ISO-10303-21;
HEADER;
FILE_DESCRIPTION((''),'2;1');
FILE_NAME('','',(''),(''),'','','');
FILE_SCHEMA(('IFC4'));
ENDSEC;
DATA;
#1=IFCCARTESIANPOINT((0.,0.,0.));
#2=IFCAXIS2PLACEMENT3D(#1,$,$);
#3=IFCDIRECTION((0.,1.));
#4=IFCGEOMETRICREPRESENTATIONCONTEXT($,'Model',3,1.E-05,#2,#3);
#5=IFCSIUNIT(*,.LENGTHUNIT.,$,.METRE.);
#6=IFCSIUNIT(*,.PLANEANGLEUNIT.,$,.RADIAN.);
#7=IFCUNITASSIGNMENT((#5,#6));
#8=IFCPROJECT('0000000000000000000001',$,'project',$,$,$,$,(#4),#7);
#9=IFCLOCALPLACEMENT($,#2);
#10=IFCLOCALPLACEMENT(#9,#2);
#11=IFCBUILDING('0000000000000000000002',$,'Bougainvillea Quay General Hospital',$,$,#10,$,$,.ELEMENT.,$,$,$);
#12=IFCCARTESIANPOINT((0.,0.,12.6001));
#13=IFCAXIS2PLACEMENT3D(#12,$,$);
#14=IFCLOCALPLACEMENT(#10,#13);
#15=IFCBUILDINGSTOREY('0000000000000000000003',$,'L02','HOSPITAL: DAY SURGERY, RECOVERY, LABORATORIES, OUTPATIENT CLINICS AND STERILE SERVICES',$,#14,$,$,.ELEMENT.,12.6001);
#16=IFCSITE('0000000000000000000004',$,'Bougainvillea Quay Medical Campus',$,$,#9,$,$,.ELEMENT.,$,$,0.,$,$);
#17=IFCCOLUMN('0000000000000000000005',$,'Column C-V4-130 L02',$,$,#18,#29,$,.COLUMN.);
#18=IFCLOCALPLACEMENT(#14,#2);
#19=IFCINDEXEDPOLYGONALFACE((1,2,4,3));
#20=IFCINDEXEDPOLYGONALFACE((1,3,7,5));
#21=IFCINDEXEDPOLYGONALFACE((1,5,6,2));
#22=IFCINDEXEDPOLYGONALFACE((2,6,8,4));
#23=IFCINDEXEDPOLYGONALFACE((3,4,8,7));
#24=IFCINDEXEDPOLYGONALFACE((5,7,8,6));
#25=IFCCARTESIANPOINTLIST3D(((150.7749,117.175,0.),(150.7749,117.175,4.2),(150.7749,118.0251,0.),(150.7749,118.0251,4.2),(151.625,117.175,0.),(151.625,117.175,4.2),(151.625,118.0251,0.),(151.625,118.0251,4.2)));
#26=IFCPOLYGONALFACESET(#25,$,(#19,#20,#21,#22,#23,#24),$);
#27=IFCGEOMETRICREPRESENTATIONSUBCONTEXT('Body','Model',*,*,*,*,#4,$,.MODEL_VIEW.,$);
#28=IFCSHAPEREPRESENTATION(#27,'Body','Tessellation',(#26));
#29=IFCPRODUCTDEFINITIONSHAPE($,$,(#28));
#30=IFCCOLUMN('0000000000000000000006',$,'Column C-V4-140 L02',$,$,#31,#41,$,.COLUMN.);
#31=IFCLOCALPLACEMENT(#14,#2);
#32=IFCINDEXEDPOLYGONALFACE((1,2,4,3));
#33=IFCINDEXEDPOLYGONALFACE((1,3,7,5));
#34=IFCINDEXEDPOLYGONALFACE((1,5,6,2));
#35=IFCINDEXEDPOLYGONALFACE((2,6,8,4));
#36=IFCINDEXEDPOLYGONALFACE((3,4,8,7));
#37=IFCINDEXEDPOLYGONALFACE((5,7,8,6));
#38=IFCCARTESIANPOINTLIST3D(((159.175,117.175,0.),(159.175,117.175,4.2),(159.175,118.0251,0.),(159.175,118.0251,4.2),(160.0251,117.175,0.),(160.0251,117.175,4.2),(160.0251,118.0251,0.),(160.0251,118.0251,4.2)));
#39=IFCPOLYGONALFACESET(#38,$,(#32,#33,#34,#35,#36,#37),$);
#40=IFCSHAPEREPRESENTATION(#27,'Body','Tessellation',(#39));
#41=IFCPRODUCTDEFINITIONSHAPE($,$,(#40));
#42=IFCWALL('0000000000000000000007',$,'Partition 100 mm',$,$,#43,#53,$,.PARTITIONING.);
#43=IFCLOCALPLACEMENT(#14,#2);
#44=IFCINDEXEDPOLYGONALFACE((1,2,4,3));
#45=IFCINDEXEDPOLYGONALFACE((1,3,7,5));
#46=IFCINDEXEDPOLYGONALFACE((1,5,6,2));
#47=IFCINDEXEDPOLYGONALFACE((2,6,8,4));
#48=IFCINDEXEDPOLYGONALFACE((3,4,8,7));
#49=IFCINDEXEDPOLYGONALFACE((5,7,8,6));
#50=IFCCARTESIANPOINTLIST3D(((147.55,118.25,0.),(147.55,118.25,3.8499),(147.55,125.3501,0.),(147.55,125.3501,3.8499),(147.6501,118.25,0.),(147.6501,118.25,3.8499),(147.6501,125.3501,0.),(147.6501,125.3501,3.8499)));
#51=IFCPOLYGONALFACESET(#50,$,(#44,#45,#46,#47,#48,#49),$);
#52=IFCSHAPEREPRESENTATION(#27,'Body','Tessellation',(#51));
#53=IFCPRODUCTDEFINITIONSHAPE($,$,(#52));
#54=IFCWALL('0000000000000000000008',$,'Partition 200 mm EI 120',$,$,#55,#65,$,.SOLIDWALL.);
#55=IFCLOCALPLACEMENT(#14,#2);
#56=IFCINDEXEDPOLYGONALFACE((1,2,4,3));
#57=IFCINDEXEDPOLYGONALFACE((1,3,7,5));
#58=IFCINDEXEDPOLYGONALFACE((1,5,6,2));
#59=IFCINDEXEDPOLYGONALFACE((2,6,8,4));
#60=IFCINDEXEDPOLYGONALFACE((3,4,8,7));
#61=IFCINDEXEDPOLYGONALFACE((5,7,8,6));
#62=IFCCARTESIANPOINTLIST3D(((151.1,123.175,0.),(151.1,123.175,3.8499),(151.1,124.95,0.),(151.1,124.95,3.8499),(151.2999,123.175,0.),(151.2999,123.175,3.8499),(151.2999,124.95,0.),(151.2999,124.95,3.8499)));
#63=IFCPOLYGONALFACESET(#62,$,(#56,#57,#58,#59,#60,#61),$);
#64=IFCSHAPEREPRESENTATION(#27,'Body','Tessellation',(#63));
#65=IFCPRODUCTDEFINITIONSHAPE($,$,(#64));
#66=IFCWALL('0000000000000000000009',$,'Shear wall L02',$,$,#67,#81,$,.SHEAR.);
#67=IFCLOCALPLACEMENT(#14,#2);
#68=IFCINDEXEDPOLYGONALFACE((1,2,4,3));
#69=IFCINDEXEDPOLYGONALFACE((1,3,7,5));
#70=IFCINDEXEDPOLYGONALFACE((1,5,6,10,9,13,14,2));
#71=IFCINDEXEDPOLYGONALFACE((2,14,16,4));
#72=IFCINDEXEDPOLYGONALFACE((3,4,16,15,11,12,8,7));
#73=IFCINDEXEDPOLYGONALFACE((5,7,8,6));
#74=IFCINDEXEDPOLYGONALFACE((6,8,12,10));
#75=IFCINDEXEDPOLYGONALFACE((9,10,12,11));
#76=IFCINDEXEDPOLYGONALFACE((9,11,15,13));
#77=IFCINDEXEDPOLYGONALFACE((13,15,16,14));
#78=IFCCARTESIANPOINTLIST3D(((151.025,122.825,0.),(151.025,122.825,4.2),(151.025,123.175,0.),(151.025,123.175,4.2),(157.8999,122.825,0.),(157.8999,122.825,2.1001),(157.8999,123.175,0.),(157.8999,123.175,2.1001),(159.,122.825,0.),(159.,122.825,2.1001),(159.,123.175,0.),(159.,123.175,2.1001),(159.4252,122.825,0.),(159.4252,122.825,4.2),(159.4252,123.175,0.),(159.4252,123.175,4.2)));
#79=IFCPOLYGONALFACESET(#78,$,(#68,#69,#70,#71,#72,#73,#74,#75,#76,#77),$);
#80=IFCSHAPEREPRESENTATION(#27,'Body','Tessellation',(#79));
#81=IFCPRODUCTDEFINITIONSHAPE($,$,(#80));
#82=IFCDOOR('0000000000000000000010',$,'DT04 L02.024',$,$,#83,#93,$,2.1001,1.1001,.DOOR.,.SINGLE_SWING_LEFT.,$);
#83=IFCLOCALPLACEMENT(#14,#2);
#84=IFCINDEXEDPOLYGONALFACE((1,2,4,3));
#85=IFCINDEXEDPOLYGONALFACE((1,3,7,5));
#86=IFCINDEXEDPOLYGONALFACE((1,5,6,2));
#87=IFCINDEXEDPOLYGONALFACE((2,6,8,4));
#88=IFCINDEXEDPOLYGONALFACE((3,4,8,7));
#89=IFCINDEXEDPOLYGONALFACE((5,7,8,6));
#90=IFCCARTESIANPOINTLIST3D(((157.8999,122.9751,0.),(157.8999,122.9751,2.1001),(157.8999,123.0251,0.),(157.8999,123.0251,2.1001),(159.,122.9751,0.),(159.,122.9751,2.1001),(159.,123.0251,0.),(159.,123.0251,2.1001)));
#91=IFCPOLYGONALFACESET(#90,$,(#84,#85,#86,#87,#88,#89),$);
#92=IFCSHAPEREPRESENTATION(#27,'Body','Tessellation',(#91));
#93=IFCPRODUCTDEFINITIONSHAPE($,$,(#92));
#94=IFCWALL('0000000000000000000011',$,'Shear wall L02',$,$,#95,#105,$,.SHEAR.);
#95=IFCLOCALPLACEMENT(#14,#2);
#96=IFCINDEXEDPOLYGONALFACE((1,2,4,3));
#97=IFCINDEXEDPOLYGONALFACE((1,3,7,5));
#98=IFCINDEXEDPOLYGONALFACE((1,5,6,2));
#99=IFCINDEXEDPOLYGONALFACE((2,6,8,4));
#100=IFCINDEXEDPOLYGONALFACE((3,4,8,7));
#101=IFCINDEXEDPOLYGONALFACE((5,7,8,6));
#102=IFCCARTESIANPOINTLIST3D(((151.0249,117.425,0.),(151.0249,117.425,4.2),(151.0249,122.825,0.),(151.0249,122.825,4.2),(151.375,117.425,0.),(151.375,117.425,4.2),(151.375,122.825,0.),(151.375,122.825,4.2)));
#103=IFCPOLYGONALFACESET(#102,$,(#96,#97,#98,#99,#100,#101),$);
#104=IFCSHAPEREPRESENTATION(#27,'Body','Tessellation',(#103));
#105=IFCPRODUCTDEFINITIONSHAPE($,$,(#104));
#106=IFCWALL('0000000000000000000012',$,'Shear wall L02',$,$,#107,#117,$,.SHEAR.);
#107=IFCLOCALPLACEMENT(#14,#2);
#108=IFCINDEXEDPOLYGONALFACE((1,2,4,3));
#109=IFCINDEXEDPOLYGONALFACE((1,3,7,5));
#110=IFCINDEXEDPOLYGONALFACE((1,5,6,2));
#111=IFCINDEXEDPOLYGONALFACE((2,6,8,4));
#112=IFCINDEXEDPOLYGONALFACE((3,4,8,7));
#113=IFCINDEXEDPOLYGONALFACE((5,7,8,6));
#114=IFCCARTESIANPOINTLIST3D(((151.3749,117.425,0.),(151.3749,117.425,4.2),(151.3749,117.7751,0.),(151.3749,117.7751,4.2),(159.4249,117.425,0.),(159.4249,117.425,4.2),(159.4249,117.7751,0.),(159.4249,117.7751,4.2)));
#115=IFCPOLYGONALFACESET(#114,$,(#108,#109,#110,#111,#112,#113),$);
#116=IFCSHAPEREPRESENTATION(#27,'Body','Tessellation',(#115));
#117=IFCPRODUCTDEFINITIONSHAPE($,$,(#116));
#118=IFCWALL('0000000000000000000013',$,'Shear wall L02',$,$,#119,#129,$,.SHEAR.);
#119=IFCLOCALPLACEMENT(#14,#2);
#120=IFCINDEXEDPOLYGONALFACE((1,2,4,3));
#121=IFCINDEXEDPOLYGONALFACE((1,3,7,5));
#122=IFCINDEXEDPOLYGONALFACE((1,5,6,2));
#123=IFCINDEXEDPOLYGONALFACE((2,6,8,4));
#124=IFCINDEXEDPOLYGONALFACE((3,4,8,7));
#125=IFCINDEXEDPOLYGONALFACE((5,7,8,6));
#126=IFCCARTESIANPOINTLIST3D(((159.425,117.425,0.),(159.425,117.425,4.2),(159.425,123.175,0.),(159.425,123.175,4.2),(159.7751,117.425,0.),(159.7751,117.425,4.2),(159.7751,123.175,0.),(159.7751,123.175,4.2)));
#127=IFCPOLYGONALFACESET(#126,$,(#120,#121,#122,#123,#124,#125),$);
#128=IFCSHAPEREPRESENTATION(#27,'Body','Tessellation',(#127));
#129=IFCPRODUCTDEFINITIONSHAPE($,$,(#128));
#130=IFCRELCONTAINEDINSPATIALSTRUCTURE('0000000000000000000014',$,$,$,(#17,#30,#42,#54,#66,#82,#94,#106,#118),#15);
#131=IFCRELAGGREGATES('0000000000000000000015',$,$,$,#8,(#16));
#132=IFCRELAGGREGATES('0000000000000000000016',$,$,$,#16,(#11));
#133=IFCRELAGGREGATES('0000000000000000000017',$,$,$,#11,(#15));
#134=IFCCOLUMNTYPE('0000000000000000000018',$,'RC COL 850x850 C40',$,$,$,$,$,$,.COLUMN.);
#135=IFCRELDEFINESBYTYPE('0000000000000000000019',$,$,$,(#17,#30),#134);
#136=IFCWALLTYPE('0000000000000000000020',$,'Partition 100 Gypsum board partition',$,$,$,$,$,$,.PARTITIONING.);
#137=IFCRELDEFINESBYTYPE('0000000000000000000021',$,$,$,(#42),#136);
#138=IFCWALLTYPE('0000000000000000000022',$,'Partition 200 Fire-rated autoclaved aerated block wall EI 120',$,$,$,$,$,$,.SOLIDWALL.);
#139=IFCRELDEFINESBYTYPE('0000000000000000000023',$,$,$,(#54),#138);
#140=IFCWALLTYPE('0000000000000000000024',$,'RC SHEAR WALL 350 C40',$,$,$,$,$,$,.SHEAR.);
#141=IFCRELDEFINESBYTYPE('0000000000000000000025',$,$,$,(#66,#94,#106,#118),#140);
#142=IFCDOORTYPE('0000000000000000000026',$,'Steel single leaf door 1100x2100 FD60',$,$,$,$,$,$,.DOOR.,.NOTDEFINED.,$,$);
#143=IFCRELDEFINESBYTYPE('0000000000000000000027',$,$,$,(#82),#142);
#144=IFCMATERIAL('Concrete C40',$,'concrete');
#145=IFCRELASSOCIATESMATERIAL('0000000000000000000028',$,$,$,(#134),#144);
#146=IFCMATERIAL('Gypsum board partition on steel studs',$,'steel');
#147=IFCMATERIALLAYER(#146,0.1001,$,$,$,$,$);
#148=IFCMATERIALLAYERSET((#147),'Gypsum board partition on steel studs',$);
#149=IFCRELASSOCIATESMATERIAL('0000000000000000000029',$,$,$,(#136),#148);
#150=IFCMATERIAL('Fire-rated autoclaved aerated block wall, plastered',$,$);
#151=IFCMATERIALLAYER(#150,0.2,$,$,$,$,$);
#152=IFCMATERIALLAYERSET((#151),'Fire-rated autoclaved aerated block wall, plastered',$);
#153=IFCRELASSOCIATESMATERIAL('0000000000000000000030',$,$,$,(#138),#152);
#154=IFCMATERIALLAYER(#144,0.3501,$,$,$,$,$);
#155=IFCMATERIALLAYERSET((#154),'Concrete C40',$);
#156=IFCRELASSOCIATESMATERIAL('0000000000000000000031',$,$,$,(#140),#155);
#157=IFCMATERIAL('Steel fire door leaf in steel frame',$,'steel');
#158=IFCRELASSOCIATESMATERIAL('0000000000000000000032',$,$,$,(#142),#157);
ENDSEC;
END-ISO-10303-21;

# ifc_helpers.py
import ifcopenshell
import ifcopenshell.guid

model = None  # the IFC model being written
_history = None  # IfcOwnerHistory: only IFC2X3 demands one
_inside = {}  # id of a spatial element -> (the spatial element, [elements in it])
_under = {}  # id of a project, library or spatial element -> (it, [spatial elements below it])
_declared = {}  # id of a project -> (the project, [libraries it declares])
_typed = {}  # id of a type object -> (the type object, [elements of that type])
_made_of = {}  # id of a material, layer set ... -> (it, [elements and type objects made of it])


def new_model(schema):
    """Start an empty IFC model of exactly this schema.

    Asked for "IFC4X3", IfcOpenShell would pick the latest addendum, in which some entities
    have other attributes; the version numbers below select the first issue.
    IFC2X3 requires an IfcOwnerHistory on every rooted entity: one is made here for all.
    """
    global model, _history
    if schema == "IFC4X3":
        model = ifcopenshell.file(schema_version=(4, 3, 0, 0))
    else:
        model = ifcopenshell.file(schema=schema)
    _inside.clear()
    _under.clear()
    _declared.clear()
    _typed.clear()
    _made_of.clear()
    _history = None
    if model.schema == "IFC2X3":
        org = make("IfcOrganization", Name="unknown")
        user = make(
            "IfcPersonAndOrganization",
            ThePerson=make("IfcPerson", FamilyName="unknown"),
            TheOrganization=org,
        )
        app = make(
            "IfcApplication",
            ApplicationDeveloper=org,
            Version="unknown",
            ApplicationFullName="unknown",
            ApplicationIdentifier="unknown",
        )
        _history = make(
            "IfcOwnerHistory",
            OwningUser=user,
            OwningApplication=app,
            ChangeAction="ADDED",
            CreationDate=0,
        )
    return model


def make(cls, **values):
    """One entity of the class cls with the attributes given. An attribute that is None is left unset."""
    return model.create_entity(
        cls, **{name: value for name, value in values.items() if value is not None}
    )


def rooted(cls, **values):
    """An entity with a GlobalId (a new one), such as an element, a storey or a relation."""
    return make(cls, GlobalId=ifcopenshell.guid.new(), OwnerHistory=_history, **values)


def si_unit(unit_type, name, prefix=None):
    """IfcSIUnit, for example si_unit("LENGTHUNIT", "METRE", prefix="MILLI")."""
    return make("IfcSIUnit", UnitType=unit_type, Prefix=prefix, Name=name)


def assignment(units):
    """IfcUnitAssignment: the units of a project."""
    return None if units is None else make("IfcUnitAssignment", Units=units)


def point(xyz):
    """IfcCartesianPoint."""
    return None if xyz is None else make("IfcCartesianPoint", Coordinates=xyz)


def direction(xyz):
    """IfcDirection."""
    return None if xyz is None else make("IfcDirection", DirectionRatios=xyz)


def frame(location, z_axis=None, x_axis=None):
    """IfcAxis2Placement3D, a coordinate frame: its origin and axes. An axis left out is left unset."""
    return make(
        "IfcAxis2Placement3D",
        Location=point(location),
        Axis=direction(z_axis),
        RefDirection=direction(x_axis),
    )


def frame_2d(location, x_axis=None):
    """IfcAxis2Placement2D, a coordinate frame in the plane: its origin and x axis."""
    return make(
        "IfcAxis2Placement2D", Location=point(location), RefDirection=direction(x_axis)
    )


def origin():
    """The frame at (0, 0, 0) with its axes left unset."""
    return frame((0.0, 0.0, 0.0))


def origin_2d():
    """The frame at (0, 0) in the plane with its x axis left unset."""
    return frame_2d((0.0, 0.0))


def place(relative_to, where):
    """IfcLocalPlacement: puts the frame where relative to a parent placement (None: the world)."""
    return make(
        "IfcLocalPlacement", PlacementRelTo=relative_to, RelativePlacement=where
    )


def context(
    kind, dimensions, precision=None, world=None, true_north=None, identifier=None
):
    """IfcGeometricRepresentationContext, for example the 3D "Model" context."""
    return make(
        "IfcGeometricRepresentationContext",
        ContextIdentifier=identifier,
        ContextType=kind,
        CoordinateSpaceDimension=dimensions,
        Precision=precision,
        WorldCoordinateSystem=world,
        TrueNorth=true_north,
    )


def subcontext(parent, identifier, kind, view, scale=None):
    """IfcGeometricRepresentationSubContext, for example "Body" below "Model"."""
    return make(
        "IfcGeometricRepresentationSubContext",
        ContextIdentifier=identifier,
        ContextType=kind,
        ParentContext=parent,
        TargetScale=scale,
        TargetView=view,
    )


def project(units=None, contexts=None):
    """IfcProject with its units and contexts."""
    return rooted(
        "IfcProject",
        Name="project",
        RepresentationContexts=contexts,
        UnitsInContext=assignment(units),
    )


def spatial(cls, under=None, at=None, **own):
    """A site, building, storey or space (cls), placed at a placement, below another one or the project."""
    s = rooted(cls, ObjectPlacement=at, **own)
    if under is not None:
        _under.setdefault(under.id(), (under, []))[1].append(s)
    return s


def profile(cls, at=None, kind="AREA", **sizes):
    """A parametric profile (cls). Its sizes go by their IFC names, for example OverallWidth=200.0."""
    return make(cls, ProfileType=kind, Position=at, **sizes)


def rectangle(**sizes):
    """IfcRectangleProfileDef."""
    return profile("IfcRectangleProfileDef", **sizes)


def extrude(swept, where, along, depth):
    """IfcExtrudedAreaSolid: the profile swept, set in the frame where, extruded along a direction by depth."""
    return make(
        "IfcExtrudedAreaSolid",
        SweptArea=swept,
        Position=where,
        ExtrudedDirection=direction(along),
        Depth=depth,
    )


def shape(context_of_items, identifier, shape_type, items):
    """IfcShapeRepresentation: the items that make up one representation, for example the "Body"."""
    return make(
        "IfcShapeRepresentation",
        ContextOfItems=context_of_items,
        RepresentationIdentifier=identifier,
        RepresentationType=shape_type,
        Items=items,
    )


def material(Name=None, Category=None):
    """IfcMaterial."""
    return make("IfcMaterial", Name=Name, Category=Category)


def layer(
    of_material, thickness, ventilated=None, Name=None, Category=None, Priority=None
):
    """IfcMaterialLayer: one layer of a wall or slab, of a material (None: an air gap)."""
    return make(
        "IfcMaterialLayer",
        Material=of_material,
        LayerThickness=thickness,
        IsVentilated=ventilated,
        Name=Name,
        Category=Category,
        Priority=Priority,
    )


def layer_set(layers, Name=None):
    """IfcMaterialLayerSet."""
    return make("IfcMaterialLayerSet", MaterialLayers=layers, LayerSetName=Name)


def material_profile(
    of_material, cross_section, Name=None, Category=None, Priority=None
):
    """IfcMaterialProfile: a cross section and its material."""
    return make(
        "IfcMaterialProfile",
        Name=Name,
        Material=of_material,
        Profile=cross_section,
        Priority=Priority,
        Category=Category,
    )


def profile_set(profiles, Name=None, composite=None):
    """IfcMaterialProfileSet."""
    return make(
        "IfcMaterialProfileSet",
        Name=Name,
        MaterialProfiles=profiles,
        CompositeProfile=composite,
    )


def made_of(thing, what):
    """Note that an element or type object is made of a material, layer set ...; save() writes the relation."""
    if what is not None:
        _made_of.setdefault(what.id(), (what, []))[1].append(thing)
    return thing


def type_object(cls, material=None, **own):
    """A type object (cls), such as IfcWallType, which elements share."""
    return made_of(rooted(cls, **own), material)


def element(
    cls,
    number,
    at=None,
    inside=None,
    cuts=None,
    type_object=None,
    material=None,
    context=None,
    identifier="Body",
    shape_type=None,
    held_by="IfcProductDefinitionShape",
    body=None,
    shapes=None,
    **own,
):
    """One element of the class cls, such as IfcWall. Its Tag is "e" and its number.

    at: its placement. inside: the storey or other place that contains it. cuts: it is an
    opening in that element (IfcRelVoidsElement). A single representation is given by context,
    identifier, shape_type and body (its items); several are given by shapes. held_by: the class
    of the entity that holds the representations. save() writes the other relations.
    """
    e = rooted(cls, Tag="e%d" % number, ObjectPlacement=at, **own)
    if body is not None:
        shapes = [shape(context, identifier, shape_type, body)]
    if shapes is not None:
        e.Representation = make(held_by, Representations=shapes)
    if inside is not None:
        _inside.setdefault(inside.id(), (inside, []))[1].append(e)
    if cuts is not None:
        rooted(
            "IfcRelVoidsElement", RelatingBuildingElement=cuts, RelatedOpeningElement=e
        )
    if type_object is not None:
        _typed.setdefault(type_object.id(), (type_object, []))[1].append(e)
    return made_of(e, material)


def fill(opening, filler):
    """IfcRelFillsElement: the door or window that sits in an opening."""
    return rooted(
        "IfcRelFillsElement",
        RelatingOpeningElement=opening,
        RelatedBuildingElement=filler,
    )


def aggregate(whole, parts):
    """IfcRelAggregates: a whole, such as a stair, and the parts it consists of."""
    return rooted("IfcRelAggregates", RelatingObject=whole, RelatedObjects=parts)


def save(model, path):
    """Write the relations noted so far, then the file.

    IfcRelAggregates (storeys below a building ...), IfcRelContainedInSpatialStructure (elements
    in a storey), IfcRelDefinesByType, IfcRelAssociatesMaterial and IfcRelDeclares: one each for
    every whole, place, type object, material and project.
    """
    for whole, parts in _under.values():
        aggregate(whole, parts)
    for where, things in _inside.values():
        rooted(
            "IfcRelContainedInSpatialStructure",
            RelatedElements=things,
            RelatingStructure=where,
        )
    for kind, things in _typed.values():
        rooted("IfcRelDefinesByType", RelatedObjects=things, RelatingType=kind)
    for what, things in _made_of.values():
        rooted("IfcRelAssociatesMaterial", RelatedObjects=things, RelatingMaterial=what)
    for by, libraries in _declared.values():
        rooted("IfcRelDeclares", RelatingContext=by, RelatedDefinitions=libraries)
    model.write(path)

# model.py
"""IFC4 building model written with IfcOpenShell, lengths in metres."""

from ifc_helpers import new_model, si_unit, direction, frame, frame_2d, origin, origin_2d, place, context, subcontext, project, spatial, rectangle, extrude, material, layer, layer_set, material_profile, profile_set, type_object, element, fill, save


model = new_model("IFC4")

# Units and contexts
model_context = context("Model", 3, precision=1e-05, world=origin(), true_north=direction((0.0, 1.0)))
body_context = subcontext(model_context, "Body", "Model", "MODEL_VIEW")
ifc_project = project(units=[si_unit("LENGTHUNIT", "METRE"), si_unit("PLANEANGLEUNIT", "RADIAN")], contexts=[model_context])

# Site, building, storey
site_placement = place(None, origin())
site = spatial("IfcSite", under=ifc_project, at=site_placement, Name="Bougainvillea Quay Medical Campus", CompositionType="ELEMENT", RefElevation=0.0)
building_placement = place(site_placement, origin())
building = spatial("IfcBuilding", under=site, at=building_placement, Name="Bougainvillea Quay General Hospital", CompositionType="ELEMENT")
storey_placement = place(building_placement, frame((0.0, 0.0, 12.6001)))
storey = spatial("IfcBuildingStorey", under=building, at=storey_placement, Name="L02", Description="HOSPITAL: DAY SURGERY, RECOVERY, LABORATORIES, OUTPATIENT CLINICS AND STERILE SERVICES", CompositionType="ELEMENT", Elevation=12.6001)

# Columns
ifc_material_1 = material(Name="Concrete C40", Category="concrete")
ifc_material_profile = material_profile(ifc_material_1, rectangle(XDim=0.8501, YDim=0.8501, at=origin_2d()))
ifc_profile_set = profile_set([ifc_material_profile], Name="Concrete C40")
column_type = type_object("IfcColumnType", Name="RC COL 850x850 C40", PredefinedType="COLUMN", material=ifc_profile_set)
for number, where, z_axis, x_axis, name in (
    (1, (151.2, 117.6001, 0.0), (0.0, 0.0, 1.0), (1.0, 0.0, 0.0), "Column C-V4-130 L02"),
    (2, (159.6001, 117.6001, 0.0), (0.0, 0.0, 1.0), (1.0, 0.0, 0.0), "Column C-V4-140 L02"),
):
    element("IfcColumn", number, at=place(storey_placement, frame(where, z_axis=z_axis, x_axis=x_axis)), inside=storey, type_object=column_type, Name=name, PredefinedType="COLUMN", context=body_context, shape_type="SweptSolid", body=[
        extrude(rectangle(XDim=0.8501, YDim=0.8501, at=origin_2d()), origin(), (0.0, 0.0, 1.0), 4.2),
    ])

# Walls
ifc_material_2 = material(Name="Gypsum board partition on steel studs", Category="steel")
ifc_layer_1 = layer(ifc_material_2, 0.1001)
ifc_layer_set_1 = layer_set([ifc_layer_1], Name="Gypsum board partition on steel studs")
wall_type_1 = type_object("IfcWallType", Name="Partition 100 Gypsum board partition", PredefinedType="PARTITIONING", material=ifc_layer_set_1)
wall_1_placement = place(storey_placement, frame((147.6001, 118.25, 0.0), z_axis=(0.0, 0.0, 1.0), x_axis=(0.0, 1.0, 0.0)))
element("IfcWall", 3, at=wall_1_placement, inside=storey, type_object=wall_type_1, Name="Partition 100 mm", PredefinedType="PARTITIONING", context=body_context, shape_type="SweptSolid", body=[
    extrude(rectangle(XDim=7.1001, YDim=0.1001, at=frame_2d((3.55, 0.0))), origin(), (0.0, 0.0, 1.0), 3.8499),
])
ifc_material_3 = material(Name="Fire-rated autoclaved aerated block wall, plastered")
ifc_layer_2 = layer(ifc_material_3, 0.2)
ifc_layer_set_2 = layer_set([ifc_layer_2], Name="Fire-rated autoclaved aerated block wall, plastered")
wall_type_2 = type_object("IfcWallType", Name="Partition 200 Fire-rated autoclaved aerated block wall EI 120", PredefinedType="SOLIDWALL", material=ifc_layer_set_2)
wall_2_placement = place(storey_placement, frame((151.2, 123.175, 0.0), z_axis=(0.0, 0.0, 1.0), x_axis=(0.0, 1.0, 0.0)))
element("IfcWall", 4, at=wall_2_placement, inside=storey, type_object=wall_type_2, Name="Partition 200 mm EI 120", PredefinedType="SOLIDWALL", context=body_context, shape_type="SweptSolid", body=[
    extrude(rectangle(XDim=1.7749, YDim=0.2, at=frame_2d((0.8875, 0.0))), origin(), (0.0, 0.0, 1.0), 3.8499),
])

# Wall, opening, door
ifc_layer_3 = layer(ifc_material_1, 0.3501)
ifc_layer_set_3 = layer_set([ifc_layer_3], Name="Concrete C40")
wall_type_3 = type_object("IfcWallType", Name="RC SHEAR WALL 350 C40", PredefinedType="SHEAR", material=ifc_layer_set_3)
wall_3_placement = place(storey_placement, frame((151.0249, 123.0, 0.0), z_axis=(0.0, 0.0, 1.0), x_axis=(1.0, 0.0, 0.0)))
wall_3 = element("IfcWall", 5, at=wall_3_placement, inside=storey, type_object=wall_type_3, Name="Shear wall L02", PredefinedType="SHEAR", context=body_context, shape_type="SweptSolid", body=[
    extrude(rectangle(XDim=8.4001, YDim=0.3501, at=frame_2d((4.2002, 0.0))), origin(), (0.0, 0.0, 1.0), 4.2),
])
opening_placement = place(wall_3_placement, frame((6.875, 0.0, 0.0)))
opening = element("IfcOpeningElement", 6, at=opening_placement, cuts=wall_3, PredefinedType="OPENING", context=body_context, shape_type="SweptSolid", body=[
    extrude(rectangle(XDim=1.1001, YDim=2.1001, at=frame_2d((0.55, 1.05))), frame((0.0, 0.1851, 0.0), z_axis=(0.0, -1.0, 0.0), x_axis=(1.0, 0.0, 0.0)), (0.0, 0.0, 1.0), 0.3701),
])
ifc_material_4 = material(Name="Steel fire door leaf in steel frame", Category="steel")
door_type = type_object("IfcDoorType", Name="Steel single leaf door 1100x2100 FD60", OperationType="NOTDEFINED", PredefinedType="DOOR", material=ifc_material_4)
door_placement = place(opening_placement, frame((1.1001, 0.0, 0.0), z_axis=(0.0, 0.0, 1.0), x_axis=(-1.0, 0.0, 0.0)))
door = element("IfcDoor", 7, at=door_placement, inside=storey, type_object=door_type, Name="DT04 L02.024", OperationType="SINGLE_SWING_LEFT", OverallHeight=2.1001, OverallWidth=1.1001, PredefinedType="DOOR", context=body_context, shape_type="SweptSolid", body=[
    extrude(rectangle(XDim=1.1001, YDim=2.1001, at=frame_2d((0.55, 1.05))), frame((0.0, 0.0249, 0.0), z_axis=(0.0, -1.0, 0.0), x_axis=(1.0, 0.0, 0.0)), (0.0, 0.0, 1.0), 0.05),
])
fill(opening, door)

# Walls
wall_4_placement = place(storey_placement, frame((151.2, 117.425, 0.0), z_axis=(0.0, 0.0, 1.0), x_axis=(0.0, 1.0, 0.0)))
element("IfcWall", 8, at=wall_4_placement, inside=storey, type_object=wall_type_3, Name="Shear wall L02", PredefinedType="SHEAR", context=body_context, shape_type="SweptSolid", body=[
    extrude(rectangle(XDim=5.3999, YDim=0.3501, at=frame_2d((2.7, 0.0))), origin(), (0.0, 0.0, 1.0), 4.2),
])
wall_5_placement = place(storey_placement, frame((151.375, 117.6001, 0.0), z_axis=(0.0, 0.0, 1.0), x_axis=(1.0, 0.0, 0.0)))
element("IfcWall", 9, at=wall_5_placement, inside=storey, type_object=wall_type_3, Name="Shear wall L02", PredefinedType="SHEAR", context=body_context, shape_type="SweptSolid", body=[
    extrude(rectangle(XDim=8.05, YDim=0.3501, at=frame_2d((4.0249, 0.0))), origin(), (0.0, 0.0, 1.0), 4.2),
])
wall_6_placement = place(storey_placement, frame((159.6001, 117.425, 0.0), z_axis=(0.0, 0.0, 1.0), x_axis=(0.0, 1.0, 0.0)))
element("IfcWall", 10, at=wall_6_placement, inside=storey, type_object=wall_type_3, Name="Shear wall L02", PredefinedType="SHEAR", context=body_context, shape_type="SweptSolid", body=[
    extrude(rectangle(XDim=5.75, YDim=0.3501, at=frame_2d((2.875, 0.0))), origin(), (0.0, 0.0, 1.0), 4.2),
])

save(model, "model.ifc")
